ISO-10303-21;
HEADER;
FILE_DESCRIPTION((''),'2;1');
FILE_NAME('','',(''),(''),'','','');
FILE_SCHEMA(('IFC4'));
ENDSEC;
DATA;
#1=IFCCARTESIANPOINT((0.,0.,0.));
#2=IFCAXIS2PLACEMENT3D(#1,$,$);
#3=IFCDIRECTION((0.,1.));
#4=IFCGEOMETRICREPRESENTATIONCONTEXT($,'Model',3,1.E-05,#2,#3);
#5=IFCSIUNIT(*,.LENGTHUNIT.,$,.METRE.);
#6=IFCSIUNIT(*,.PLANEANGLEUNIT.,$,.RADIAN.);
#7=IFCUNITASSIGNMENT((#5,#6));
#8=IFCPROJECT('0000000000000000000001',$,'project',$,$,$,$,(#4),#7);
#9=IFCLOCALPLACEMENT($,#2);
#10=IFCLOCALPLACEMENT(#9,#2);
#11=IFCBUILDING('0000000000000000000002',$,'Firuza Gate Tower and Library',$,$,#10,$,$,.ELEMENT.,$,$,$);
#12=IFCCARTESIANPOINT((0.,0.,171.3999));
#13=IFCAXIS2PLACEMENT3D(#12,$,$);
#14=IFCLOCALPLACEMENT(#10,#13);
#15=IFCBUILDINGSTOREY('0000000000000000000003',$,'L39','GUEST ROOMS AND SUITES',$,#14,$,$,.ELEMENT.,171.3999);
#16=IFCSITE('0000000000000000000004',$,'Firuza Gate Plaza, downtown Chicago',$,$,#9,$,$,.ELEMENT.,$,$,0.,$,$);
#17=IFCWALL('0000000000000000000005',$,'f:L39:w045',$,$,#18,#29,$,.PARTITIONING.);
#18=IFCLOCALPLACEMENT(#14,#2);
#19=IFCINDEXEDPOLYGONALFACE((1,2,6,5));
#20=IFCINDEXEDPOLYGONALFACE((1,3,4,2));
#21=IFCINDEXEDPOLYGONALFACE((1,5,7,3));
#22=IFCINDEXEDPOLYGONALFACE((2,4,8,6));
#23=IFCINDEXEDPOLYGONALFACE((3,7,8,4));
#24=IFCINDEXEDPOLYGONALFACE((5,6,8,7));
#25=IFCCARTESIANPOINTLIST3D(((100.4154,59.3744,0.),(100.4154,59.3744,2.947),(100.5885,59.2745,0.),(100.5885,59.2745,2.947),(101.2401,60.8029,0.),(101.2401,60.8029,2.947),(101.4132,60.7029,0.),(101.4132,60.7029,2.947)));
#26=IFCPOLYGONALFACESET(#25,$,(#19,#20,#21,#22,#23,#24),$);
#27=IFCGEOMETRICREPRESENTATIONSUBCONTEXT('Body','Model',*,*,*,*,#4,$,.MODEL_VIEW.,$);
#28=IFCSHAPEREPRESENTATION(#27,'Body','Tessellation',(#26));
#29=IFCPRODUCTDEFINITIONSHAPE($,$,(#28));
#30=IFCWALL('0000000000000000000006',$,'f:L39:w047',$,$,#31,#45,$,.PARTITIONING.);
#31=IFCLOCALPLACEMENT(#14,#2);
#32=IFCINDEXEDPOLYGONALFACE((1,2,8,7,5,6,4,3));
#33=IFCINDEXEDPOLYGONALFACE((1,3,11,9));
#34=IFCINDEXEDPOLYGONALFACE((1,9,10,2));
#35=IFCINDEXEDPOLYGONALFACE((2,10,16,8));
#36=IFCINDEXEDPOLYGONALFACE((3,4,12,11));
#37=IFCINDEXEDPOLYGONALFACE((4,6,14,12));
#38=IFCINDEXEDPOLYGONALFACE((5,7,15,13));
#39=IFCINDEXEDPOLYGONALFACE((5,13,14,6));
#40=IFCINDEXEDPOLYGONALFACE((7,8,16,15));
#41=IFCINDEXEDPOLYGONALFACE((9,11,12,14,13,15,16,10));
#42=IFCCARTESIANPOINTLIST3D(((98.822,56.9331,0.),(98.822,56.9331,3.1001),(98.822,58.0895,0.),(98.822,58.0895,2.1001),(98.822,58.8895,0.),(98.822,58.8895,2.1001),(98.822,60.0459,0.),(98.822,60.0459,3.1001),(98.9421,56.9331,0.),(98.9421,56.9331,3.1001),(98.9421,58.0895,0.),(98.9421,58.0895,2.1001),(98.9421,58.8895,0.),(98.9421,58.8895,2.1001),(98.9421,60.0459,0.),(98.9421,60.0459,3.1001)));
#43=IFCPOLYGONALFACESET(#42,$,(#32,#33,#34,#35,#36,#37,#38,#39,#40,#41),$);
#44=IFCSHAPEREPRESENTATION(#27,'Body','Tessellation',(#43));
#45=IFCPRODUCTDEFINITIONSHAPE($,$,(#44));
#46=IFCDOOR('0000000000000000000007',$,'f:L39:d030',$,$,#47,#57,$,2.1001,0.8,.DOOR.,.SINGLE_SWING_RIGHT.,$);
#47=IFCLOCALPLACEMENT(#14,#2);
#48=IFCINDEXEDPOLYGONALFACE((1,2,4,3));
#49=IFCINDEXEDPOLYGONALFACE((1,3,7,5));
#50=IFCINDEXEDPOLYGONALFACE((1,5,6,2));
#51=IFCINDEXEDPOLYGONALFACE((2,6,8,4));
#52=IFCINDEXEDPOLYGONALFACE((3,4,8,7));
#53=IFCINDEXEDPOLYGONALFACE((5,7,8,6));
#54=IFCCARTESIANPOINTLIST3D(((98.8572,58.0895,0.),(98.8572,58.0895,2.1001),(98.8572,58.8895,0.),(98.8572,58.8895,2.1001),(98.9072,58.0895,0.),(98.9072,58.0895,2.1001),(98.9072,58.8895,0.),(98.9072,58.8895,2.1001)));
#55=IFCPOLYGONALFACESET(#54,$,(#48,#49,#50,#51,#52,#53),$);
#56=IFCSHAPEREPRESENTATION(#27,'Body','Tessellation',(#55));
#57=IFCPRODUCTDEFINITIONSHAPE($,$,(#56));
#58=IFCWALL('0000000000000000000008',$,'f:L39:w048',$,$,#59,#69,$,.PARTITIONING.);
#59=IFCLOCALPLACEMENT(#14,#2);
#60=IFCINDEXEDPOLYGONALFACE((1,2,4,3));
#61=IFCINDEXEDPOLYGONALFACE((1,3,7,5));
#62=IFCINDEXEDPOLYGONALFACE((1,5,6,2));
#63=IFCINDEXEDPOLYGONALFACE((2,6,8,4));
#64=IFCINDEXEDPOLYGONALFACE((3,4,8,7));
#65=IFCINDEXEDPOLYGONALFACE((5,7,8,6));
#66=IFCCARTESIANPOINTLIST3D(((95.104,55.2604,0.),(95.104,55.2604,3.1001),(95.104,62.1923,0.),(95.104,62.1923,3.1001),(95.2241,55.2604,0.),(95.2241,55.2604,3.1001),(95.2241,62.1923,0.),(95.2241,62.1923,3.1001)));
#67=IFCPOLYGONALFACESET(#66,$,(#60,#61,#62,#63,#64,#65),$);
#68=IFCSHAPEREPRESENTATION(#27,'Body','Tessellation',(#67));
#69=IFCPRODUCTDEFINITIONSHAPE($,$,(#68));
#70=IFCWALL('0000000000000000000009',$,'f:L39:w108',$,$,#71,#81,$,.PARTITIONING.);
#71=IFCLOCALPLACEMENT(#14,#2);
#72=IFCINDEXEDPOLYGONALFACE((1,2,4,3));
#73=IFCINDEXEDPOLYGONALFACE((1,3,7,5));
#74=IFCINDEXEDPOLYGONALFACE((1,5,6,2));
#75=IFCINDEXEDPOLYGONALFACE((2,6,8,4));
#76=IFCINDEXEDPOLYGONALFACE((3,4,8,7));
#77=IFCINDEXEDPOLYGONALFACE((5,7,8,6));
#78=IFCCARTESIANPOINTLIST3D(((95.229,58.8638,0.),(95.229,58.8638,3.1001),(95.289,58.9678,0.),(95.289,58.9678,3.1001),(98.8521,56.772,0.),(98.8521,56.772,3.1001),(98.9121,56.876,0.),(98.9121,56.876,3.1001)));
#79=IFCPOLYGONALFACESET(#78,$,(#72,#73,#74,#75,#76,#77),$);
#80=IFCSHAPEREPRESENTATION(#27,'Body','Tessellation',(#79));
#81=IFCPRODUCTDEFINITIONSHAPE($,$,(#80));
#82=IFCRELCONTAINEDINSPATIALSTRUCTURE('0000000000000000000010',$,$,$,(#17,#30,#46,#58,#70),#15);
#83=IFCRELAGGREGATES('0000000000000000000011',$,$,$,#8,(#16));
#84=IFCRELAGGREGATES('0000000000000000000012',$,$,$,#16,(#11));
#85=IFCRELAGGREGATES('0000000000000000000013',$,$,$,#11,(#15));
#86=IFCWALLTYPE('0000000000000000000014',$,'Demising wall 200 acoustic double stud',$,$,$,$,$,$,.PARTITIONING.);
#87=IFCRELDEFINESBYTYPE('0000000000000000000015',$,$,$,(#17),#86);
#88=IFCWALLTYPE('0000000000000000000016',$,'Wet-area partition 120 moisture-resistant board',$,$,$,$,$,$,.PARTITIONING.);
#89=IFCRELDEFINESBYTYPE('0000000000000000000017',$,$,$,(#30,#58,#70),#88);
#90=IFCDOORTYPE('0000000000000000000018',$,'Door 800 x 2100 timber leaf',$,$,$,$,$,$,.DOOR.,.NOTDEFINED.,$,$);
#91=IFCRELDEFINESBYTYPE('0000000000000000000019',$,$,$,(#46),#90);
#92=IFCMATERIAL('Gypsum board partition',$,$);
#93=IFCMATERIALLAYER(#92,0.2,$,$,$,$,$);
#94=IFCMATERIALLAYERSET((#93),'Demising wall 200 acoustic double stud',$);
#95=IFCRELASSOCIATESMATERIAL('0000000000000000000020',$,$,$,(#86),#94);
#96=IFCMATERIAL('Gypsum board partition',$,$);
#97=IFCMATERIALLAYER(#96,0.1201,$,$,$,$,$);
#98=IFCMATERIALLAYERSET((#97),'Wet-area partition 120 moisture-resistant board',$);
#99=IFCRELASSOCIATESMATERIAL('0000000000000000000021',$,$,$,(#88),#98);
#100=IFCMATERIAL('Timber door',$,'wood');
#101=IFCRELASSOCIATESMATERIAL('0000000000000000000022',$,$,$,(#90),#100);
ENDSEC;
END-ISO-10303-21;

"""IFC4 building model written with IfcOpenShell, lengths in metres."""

from ifc_helpers import new_model, si_unit, direction, frame, frame_2d, origin, place, context, subcontext, project, spatial, rectangle, extrude, material, layer, layer_set, type_object, element, fill, save


model = new_model("IFC4")

# Units and contexts
model_context = context("Model", 3, precision=1e-05, world=origin(), true_north=direction((0.0, 1.0)))
body_context = subcontext(model_context, "Body", "Model", "MODEL_VIEW")
ifc_project = project(units=[si_unit("LENGTHUNIT", "METRE"), si_unit("PLANEANGLEUNIT", "RADIAN")], contexts=[model_context])

# Site, building, storey
site_placement = place(None, origin())
site = spatial("IfcSite", under=ifc_project, at=site_placement, Name="Firuza Gate Plaza, downtown Chicago", CompositionType="ELEMENT", RefElevation=0.0)
building_placement = place(site_placement, origin())
building = spatial("IfcBuilding", under=site, at=building_placement, Name="Firuza Gate Tower and Library", CompositionType="ELEMENT")
storey_placement = place(building_placement, frame((0.0, 0.0, 171.3999)))
storey = spatial("IfcBuildingStorey", under=building, at=storey_placement, Name="L39", Description="GUEST ROOMS AND SUITES", CompositionType="ELEMENT", Elevation=171.3999)

# Wall
ifc_material_1 = material(Name="Gypsum board partition")
ifc_layer_1 = layer(ifc_material_1, 0.2)
ifc_layer_set_1 = layer_set([ifc_layer_1], Name="Demising wall 200 acoustic double stud")
wall_type_1 = type_object("IfcWallType", Name="Demising wall 200 acoustic double stud", PredefinedType="PARTITIONING", material=ifc_layer_set_1)
wall_1_placement = place(storey_placement, frame((100.502, 59.3245, 0.0), z_axis=(0.0, 0.0, 1.0), x_axis=(0.499992, 0.86603, 0.0)))
element("IfcWall", 1, at=wall_1_placement, inside=storey, type_object=wall_type_1, Name="f:L39:w045", PredefinedType="PARTITIONING", context=body_context, shape_type="SweptSolid", body=[
    extrude(rectangle(XDim=1.6494, YDim=0.2, at=frame_2d((0.8247, 0.0))), origin(), (0.0, 0.0, 1.0), 2.947),
])

# Wall, opening, door
ifc_material_2 = material(Name="Gypsum board partition")
ifc_layer_2 = layer(ifc_material_2, 0.1201)
ifc_layer_set_2 = layer_set([ifc_layer_2], Name="Wet-area partition 120 moisture-resistant board")
wall_type_2 = type_object("IfcWallType", Name="Wet-area partition 120 moisture-resistant board", PredefinedType="PARTITIONING", material=ifc_layer_set_2)
wall_2_placement = place(storey_placement, frame((98.8821, 56.9331, 0.0), z_axis=(0.0, 0.0, 1.0), x_axis=(0.0, 1.0, 0.0)))
wall_2 = element("IfcWall", 2, at=wall_2_placement, inside=storey, type_object=wall_type_2, Name="f:L39:w047", PredefinedType="PARTITIONING", context=body_context, shape_type="SweptSolid", body=[
    extrude(rectangle(XDim=3.1128, YDim=0.1201, at=frame_2d((1.5564, 0.0))), origin(), (0.0, 0.0, 1.0), 3.1001),
])
opening_1_placement = place(wall_2_placement, frame((1.1565, 0.0, 0.0)))
opening_1 = element("IfcOpeningElement", 3, at=opening_1_placement, cuts=wall_2, PredefinedType="OPENING", context=body_context, shape_type="SweptSolid", body=[
    extrude(rectangle(XDim=0.8, YDim=2.1001, at=frame_2d((0.3999, 1.05))), frame((0.0, 0.0701, 0.0), z_axis=(0.0, -1.0, 0.0), x_axis=(1.0, 0.0, 0.0)), (0.0, 0.0, 1.0), 0.1401),
])
ifc_material_3 = material(Name="Timber door", Category="wood")
door_type_1 = type_object("IfcDoorType", Name="Door 800 x 2100 timber leaf", OperationType="NOTDEFINED", PredefinedType="DOOR", material=ifc_material_3)
door_1_placement = place(opening_1_placement, origin())
door_1 = element("IfcDoor", 4, at=door_1_placement, inside=storey, type_object=door_type_1, Name="f:L39:d030", OperationType="SINGLE_SWING_RIGHT", OverallHeight=2.1001, OverallWidth=0.8, PredefinedType="DOOR", context=body_context, shape_type="SweptSolid", body=[
    extrude(rectangle(XDim=0.8, YDim=2.1001, at=frame_2d((0.3999, 1.05))), frame((0.0, 0.0249, 0.0), z_axis=(0.0, -1.0, 0.0), x_axis=(1.0, 0.0, 0.0)), (0.0, 0.0, 1.0), 0.05),
])
fill(opening_1, door_1)

# Walls
wall_3_placement = place(storey_placement, frame((95.1641, 55.2605, 0.0), z_axis=(0.0, 0.0, 1.0), x_axis=(0.0, 1.0, 0.0)))
element("IfcWall", 5, at=wall_3_placement, inside=storey, type_object=wall_type_2, Name="f:L39:w048", PredefinedType="PARTITIONING", context=body_context, shape_type="SweptSolid", body=[
    extrude(rectangle(XDim=6.9319, YDim=0.1201, at=frame_2d((3.4658, 0.0))), origin(), (0.0, 0.0, 1.0), 3.1001),
])
wall_4_placement = place(storey_placement, frame((98.8821, 56.824, 0.0), z_axis=(0.0, 0.0, 1.0), x_axis=(-0.866022, 0.500005, 0.0)))
element("IfcWall", 6, at=wall_4_placement, inside=storey, type_object=wall_type_2, Name="f:L39:w108", PredefinedType="PARTITIONING", context=body_context, shape_type="SweptSolid", body=[
    extrude(rectangle(XDim=4.1836, YDim=0.1201, at=frame_2d((2.0918, 0.0))), origin(), (0.0, 0.0, 1.0), 3.1001),
])

save(model, "model.ifc")
